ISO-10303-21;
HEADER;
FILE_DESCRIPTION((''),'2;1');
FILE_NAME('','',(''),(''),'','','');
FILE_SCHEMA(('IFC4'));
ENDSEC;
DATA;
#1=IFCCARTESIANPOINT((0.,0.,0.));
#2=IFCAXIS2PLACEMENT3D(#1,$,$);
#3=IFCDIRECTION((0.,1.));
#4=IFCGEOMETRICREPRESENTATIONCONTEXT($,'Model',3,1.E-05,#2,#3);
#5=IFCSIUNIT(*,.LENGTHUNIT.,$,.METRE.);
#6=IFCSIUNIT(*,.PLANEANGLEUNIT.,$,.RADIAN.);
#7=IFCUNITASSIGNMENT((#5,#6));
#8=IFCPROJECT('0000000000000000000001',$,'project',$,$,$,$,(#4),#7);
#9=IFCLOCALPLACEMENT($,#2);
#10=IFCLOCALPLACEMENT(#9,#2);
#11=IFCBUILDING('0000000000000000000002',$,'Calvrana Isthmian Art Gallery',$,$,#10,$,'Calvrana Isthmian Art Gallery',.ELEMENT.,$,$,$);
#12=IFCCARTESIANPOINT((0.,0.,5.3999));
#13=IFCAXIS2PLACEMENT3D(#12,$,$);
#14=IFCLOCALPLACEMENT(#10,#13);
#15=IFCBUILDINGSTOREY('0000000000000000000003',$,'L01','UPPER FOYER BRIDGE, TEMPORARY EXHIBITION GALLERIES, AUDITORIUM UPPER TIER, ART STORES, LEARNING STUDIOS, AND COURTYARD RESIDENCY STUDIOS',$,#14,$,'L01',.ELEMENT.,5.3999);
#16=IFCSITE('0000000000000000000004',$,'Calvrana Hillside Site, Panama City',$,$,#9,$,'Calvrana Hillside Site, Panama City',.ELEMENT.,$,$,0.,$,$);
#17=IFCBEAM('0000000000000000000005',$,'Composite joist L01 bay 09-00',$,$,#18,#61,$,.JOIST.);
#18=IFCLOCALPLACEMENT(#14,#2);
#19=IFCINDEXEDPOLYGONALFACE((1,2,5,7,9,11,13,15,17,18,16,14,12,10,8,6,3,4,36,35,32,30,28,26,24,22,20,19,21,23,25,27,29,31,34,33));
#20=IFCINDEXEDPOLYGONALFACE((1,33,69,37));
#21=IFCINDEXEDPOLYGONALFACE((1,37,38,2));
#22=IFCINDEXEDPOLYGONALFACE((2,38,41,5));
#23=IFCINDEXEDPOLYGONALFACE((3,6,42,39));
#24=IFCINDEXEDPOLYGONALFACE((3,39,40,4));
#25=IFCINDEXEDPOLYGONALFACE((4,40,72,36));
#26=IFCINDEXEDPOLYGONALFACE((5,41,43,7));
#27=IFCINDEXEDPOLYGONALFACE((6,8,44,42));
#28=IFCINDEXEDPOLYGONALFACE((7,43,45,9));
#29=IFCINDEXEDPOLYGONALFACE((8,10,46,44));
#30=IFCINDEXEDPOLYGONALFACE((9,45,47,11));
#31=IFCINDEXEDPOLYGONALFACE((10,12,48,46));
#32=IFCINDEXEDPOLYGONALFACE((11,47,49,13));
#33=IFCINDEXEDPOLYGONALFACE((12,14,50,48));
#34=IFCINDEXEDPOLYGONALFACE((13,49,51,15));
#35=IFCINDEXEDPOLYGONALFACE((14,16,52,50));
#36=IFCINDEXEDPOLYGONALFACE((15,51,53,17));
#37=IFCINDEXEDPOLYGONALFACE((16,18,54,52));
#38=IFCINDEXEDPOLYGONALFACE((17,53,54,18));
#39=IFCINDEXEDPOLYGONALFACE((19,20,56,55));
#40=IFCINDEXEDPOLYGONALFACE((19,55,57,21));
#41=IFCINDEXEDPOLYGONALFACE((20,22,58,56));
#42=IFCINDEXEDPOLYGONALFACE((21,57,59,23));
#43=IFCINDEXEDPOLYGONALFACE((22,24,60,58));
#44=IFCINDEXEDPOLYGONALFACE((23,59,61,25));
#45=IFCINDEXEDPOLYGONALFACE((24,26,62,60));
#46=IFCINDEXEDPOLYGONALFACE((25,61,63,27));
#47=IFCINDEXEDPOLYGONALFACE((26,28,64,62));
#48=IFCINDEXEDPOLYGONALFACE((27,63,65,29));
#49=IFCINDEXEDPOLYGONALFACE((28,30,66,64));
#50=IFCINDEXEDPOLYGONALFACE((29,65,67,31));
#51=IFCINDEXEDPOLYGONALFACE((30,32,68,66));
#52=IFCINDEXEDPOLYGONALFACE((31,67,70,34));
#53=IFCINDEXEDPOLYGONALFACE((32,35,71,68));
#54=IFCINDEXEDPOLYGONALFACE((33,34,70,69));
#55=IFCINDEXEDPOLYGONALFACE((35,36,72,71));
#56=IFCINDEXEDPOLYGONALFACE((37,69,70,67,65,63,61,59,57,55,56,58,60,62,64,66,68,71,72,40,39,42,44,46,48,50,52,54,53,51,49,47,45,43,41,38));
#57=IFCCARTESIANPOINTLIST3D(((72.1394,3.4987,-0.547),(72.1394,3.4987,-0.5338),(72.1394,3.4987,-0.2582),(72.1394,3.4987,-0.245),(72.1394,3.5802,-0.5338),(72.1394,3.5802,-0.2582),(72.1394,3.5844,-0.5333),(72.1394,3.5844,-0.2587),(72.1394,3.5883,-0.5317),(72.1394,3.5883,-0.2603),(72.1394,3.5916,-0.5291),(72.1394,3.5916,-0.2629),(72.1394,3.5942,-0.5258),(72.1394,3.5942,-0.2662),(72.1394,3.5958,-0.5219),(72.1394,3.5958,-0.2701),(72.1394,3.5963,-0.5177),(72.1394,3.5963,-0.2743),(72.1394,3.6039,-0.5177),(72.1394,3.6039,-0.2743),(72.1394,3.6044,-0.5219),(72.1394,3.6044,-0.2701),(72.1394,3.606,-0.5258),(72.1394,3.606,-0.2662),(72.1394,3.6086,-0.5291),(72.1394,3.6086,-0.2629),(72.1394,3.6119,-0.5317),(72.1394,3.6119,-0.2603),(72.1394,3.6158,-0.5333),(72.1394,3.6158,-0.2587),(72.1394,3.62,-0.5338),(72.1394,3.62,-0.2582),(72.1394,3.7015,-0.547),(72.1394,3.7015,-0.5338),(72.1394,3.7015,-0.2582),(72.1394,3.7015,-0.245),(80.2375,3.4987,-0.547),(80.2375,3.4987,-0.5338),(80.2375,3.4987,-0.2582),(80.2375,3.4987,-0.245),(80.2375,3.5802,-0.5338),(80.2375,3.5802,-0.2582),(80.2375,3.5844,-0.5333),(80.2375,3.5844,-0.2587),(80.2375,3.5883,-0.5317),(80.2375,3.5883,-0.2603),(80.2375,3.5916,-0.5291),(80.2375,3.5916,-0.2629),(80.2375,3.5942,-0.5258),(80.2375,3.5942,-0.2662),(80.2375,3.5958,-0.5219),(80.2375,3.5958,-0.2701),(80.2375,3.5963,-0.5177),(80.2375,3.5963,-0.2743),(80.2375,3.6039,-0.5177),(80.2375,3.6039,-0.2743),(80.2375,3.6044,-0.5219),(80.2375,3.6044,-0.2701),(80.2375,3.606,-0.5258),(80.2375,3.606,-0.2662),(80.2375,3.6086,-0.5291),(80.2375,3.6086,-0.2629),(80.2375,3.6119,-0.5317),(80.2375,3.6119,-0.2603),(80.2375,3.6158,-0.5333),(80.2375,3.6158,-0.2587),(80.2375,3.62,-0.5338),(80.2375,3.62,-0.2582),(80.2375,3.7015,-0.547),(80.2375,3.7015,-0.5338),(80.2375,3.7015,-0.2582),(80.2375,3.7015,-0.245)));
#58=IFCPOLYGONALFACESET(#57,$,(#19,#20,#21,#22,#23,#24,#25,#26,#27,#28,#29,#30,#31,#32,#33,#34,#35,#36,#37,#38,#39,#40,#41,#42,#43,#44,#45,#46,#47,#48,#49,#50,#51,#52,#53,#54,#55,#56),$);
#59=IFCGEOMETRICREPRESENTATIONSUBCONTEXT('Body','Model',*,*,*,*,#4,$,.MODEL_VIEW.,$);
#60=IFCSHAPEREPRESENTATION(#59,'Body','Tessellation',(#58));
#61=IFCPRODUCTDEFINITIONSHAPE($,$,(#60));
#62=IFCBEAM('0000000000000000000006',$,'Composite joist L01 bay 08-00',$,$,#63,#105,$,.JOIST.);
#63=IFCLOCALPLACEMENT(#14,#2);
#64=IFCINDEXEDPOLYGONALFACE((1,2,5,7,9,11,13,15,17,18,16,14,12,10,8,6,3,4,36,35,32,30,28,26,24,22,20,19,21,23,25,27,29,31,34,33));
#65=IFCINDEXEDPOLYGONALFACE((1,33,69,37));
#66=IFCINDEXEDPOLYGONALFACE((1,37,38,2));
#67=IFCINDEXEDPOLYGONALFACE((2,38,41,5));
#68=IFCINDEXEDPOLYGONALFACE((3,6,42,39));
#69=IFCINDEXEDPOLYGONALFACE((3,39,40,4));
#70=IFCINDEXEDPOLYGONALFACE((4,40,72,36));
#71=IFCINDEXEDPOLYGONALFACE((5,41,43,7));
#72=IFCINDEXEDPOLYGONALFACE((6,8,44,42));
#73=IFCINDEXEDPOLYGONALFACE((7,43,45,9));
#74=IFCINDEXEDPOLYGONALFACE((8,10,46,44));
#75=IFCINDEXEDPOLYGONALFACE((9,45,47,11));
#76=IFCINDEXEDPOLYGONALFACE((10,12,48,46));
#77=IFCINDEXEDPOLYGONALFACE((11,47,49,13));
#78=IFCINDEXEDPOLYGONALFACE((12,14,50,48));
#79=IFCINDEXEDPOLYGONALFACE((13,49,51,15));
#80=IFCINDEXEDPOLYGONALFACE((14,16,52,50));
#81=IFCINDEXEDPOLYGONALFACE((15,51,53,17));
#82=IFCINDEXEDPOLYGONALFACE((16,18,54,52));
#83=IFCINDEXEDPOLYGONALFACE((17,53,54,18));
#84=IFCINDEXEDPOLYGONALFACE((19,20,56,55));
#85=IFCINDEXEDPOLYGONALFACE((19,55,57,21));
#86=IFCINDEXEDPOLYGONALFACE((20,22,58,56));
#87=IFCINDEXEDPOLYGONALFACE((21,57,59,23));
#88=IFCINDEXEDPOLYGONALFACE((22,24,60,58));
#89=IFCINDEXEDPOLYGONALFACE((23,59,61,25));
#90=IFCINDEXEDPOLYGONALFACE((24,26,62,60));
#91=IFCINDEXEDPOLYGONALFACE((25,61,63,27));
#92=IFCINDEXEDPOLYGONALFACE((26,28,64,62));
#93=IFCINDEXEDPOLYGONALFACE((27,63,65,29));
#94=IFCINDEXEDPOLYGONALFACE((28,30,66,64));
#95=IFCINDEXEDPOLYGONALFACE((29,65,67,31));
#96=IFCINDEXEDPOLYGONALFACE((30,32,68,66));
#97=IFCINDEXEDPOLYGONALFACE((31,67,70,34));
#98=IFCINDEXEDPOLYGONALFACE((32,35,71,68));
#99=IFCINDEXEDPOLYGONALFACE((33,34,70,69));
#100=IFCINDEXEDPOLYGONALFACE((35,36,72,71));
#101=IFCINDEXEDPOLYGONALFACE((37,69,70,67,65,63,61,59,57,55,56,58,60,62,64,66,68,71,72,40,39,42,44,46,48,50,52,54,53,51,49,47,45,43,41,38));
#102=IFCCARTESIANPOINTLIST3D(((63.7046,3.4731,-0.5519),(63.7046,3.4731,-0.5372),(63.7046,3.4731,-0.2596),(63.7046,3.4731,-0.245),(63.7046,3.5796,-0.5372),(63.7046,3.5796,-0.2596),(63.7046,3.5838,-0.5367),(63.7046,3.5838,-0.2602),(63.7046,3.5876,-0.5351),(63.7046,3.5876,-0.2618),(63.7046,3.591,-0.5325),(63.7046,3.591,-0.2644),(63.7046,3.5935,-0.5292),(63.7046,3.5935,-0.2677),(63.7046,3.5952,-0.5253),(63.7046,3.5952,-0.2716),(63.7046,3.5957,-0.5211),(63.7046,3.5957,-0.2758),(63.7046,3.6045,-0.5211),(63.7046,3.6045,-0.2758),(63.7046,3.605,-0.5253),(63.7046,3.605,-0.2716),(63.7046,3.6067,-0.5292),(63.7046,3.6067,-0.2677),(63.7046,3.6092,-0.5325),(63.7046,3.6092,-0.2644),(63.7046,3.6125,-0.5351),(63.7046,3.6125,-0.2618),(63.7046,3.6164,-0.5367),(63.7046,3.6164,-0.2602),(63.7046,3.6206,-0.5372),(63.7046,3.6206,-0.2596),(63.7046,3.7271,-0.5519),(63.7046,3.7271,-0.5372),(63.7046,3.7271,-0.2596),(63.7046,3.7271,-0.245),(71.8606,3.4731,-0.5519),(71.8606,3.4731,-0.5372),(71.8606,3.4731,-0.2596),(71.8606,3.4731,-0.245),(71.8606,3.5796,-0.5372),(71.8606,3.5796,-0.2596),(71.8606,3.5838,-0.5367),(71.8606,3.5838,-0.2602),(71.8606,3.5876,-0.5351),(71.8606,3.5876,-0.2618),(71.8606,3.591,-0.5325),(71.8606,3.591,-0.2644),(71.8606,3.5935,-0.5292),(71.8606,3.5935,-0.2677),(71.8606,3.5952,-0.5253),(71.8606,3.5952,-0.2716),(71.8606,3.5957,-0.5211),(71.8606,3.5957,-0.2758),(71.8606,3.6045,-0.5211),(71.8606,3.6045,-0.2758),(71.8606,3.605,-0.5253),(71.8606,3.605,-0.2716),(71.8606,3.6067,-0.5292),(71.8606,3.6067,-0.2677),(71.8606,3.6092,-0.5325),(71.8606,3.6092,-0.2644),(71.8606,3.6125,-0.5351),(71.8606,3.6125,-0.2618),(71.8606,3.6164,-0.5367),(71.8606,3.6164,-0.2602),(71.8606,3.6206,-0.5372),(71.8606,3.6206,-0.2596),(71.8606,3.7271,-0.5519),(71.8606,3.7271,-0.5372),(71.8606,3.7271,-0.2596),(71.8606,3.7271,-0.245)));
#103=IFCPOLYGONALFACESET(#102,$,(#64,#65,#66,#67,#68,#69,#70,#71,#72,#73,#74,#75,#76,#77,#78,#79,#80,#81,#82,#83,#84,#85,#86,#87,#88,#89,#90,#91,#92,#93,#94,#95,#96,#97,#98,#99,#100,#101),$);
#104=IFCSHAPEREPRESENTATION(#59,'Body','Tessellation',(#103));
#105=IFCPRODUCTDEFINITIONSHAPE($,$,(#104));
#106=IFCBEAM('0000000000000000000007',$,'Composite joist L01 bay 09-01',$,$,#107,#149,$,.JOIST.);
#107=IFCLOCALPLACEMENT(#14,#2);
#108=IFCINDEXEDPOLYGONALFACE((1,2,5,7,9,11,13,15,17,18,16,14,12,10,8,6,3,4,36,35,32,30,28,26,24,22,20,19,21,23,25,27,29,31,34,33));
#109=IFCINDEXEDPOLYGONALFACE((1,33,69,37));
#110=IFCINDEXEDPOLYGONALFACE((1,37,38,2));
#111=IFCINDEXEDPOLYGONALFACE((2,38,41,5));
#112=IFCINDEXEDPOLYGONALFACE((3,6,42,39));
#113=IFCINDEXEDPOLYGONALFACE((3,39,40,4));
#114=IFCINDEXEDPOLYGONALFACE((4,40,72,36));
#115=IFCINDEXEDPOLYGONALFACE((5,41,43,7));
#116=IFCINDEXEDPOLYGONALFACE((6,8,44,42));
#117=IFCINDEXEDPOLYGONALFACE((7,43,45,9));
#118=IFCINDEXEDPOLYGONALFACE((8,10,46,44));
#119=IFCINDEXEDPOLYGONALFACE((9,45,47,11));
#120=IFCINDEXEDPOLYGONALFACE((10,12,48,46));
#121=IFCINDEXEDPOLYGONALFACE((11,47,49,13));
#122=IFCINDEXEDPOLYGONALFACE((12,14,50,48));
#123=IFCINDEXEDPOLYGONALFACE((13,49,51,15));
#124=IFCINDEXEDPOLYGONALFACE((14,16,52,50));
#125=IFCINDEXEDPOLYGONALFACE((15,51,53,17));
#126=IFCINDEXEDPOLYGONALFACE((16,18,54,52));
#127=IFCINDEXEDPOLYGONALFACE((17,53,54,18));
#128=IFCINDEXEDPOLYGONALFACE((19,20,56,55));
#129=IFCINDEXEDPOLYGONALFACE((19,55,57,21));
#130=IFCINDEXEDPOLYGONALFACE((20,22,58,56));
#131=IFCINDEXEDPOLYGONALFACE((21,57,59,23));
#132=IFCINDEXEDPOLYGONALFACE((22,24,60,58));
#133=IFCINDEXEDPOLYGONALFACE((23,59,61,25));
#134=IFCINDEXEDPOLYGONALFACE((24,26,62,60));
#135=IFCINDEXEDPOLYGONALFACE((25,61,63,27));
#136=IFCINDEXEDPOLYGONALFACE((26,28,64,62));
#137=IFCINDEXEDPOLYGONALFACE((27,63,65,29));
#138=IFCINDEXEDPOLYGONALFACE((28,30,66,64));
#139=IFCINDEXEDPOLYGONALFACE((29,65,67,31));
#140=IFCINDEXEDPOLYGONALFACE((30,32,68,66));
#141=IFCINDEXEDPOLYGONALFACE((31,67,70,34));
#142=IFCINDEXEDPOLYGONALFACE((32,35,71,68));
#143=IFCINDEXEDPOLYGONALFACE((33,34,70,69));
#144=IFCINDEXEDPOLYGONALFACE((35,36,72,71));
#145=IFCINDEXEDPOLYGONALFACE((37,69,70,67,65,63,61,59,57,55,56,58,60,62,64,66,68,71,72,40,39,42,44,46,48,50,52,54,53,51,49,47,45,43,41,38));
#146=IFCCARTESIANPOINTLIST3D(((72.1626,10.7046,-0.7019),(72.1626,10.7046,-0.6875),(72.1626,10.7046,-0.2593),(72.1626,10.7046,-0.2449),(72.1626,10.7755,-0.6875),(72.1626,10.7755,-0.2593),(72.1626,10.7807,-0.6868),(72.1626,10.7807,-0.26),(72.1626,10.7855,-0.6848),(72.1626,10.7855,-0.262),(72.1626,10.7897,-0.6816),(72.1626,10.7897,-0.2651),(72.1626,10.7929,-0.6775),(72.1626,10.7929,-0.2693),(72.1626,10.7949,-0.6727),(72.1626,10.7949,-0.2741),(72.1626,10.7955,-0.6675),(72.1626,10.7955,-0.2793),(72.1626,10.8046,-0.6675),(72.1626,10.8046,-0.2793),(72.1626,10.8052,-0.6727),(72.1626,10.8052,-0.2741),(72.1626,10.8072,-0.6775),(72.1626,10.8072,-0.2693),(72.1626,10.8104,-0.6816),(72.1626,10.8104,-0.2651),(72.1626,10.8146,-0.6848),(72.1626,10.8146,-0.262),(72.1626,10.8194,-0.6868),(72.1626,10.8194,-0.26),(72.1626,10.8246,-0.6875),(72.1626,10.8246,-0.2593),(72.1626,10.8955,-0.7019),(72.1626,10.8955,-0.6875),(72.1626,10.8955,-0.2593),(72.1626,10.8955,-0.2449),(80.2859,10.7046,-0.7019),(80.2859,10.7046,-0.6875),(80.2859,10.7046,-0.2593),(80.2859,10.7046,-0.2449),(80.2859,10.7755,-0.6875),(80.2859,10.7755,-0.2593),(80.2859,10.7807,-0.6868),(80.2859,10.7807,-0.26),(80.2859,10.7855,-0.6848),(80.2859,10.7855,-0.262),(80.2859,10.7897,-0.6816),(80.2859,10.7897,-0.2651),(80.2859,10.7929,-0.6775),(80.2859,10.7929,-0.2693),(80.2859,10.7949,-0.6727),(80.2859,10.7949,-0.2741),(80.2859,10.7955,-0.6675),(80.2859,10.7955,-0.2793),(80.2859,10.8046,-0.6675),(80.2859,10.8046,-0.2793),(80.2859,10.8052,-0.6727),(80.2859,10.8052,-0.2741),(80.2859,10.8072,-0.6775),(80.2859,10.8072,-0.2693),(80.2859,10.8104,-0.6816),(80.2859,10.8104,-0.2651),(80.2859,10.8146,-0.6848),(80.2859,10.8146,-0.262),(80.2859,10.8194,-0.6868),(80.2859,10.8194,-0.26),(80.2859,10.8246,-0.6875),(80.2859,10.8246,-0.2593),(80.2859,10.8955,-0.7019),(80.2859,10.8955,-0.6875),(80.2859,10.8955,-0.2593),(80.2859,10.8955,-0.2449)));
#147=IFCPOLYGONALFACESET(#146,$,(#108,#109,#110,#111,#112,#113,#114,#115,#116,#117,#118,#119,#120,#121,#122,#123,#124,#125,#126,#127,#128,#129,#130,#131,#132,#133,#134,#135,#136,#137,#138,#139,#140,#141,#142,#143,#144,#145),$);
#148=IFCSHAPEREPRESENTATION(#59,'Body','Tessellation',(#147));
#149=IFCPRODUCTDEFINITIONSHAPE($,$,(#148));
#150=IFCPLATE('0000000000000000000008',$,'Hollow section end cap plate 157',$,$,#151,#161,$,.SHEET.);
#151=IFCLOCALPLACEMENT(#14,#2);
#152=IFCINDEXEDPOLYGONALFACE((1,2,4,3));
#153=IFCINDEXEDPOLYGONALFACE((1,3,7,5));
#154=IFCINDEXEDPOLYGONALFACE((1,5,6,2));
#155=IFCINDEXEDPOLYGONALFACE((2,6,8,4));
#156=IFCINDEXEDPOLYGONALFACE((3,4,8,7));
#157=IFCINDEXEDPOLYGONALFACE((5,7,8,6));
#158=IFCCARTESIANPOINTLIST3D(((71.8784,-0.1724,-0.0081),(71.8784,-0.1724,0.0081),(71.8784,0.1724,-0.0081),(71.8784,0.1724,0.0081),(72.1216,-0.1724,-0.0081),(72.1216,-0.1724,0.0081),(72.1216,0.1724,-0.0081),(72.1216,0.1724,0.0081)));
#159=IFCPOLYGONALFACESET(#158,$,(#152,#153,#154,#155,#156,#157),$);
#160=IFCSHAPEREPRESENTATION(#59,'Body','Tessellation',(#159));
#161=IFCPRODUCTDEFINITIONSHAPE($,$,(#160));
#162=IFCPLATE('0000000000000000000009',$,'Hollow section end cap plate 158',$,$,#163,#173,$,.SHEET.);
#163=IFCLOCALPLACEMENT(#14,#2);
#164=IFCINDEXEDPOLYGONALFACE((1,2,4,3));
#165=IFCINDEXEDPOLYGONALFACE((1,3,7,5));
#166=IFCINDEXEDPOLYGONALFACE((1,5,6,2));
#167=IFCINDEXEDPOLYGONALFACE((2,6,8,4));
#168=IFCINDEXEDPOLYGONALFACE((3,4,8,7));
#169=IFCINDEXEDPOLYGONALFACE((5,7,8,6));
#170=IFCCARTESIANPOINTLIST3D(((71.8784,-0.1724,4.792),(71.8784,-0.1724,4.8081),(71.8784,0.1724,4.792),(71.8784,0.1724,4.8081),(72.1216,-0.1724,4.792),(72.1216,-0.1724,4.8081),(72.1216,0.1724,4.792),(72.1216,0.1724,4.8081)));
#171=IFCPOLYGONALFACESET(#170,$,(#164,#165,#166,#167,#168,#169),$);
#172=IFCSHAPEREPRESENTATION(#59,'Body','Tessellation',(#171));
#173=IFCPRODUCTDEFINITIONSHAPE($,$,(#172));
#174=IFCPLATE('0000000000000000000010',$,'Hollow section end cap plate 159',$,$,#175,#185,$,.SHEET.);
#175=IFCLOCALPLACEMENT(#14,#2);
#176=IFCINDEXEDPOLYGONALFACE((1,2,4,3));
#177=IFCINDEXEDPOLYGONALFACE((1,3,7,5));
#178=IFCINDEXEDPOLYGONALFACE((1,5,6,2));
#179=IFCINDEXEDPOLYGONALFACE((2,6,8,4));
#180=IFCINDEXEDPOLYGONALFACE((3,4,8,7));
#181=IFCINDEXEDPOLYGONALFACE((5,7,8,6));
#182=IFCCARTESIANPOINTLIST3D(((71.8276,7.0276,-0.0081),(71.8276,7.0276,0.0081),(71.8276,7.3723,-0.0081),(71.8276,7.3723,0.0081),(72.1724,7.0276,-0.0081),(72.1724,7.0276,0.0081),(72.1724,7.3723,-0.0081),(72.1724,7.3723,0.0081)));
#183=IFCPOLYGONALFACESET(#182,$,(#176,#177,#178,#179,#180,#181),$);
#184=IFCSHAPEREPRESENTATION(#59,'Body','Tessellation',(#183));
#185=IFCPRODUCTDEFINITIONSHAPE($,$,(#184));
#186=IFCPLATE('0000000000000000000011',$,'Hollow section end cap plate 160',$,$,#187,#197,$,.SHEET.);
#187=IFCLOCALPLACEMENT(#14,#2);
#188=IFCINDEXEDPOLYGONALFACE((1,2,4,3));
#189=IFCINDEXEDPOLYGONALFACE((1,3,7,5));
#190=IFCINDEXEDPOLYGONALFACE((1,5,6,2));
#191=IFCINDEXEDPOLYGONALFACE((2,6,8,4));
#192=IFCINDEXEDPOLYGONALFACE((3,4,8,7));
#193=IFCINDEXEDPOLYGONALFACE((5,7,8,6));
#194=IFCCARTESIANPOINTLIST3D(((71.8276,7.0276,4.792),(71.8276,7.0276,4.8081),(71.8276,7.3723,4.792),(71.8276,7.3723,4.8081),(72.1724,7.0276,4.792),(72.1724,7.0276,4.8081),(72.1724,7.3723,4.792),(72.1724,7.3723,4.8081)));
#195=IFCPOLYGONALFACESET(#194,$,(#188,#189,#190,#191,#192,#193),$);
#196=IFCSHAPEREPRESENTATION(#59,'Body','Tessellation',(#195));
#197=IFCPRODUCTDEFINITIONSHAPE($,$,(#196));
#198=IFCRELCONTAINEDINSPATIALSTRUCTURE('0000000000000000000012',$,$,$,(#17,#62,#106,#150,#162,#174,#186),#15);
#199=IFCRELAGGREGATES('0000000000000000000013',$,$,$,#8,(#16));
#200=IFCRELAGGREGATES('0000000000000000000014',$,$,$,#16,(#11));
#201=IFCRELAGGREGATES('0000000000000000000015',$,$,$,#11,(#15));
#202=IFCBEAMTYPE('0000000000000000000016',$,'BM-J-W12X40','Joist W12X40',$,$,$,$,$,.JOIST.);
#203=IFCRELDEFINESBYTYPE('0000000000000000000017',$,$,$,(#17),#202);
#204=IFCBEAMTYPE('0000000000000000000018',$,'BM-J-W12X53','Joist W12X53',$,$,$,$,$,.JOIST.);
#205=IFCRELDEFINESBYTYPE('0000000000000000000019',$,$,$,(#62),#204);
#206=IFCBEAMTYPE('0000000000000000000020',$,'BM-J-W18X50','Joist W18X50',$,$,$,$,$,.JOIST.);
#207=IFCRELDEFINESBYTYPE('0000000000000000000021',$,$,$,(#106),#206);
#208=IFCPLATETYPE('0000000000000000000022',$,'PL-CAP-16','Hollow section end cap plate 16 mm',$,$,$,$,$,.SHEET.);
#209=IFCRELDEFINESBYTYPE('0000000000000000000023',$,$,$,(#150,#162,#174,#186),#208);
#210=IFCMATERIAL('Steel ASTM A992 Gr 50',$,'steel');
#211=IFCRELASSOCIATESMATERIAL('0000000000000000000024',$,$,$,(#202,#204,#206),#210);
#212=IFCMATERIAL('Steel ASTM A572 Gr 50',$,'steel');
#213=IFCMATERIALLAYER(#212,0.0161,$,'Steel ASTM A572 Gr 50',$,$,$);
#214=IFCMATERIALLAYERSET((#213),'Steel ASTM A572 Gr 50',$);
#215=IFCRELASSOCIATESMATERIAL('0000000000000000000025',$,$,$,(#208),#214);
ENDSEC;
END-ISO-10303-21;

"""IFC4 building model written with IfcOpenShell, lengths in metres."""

from ifc_helpers import new_model, si_unit, direction, frame, origin, origin_2d, place, context, subcontext, project, spatial, rectangle, i_section, extrude, material, layer, layer_set, material_profile, profile_set, type_object, element, save


model = new_model("IFC4")

# Units and contexts
model_context = context("Model", 3, precision=1e-05, world=origin(), true_north=direction((0.0, 1.0)))
body_context = subcontext(model_context, "Body", "Model", "MODEL_VIEW")
ifc_project = project(units=[si_unit("LENGTHUNIT", "METRE"), si_unit("PLANEANGLEUNIT", "RADIAN")], contexts=[model_context])

# Site, building, storey
site_placement = place(None, origin())
site = spatial("IfcSite", under=ifc_project, at=site_placement, Name="Calvrana Hillside Site, Panama City", LongName="Calvrana Hillside Site, Panama City", CompositionType="ELEMENT", RefElevation=0.0)
building_placement = place(site_placement, origin())
building = spatial("IfcBuilding", under=site, at=building_placement, Name="Calvrana Isthmian Art Gallery", LongName="Calvrana Isthmian Art Gallery", CompositionType="ELEMENT")
storey_placement = place(building_placement, frame((0.0, 0.0, 5.3999)))
storey = spatial("IfcBuildingStorey", under=building, at=storey_placement, Name="L01", Description="UPPER FOYER BRIDGE, TEMPORARY EXHIBITION GALLERIES, AUDITORIUM UPPER TIER, ART STORES, LEARNING STUDIOS, AND COURTYARD RESIDENCY STUDIOS", LongName="L01", CompositionType="ELEMENT", Elevation=5.3999)

# Beams
ifc_material_1 = material(Name="Steel ASTM A992 Gr 50", Category="steel")
ifc_material_profile_1 = material_profile(ifc_material_1, i_section(OverallWidth=0.2029, OverallDepth=0.302, WebThickness=0.0076, FlangeThickness=0.0132, FilletRadius=0.0161, at=origin_2d()), Name="W12X40")
ifc_profile_set_1 = profile_set([ifc_material_profile_1], Name="Steel ASTM A992 Gr 50")
beam_type_1 = type_object("IfcBeamType", Name="BM-J-W12X40", Description="Joist W12X40", PredefinedType="JOIST", material=ifc_profile_set_1)
beam_1_placement = place(storey_placement, frame((72.1394, 3.6001, -0.396), z_axis=(1.0, 0.0, 0.0), x_axis=(0.0, 1.0, 0.0)))
element("IfcBeam", 1, at=beam_1_placement, inside=storey, type_object=beam_type_1, Name="Composite joist L01 bay 09-00", PredefinedType="JOIST", context=body_context, shape_type="SweptSolid", body=[
    extrude(i_section(OverallWidth=0.2029, OverallDepth=0.302, WebThickness=0.0076, FlangeThickness=0.0132, FilletRadius=0.0161, at=origin_2d()), origin(), (0.0, 0.0, 1.0), 8.0981),
])
ifc_material_profile_2 = material_profile(ifc_material_1, i_section(OverallWidth=0.2539, OverallDepth=0.3069, WebThickness=0.0088, FlangeThickness=0.0146, FilletRadius=0.0161, at=origin_2d()), Name="W12X53")
ifc_profile_set_2 = profile_set([ifc_material_profile_2], Name="Steel ASTM A992 Gr 50")
beam_type_2 = type_object("IfcBeamType", Name="BM-J-W12X53", Description="Joist W12X53", PredefinedType="JOIST", material=ifc_profile_set_2)
beam_2_placement = place(storey_placement, frame((63.7046, 3.6001, -0.3984), z_axis=(1.0, 0.0, 0.0), x_axis=(0.0, 1.0, 0.0)))
element("IfcBeam", 2, at=beam_2_placement, inside=storey, type_object=beam_type_2, Name="Composite joist L01 bay 08-00", PredefinedType="JOIST", context=body_context, shape_type="SweptSolid", body=[
    extrude(i_section(OverallWidth=0.2539, OverallDepth=0.3069, WebThickness=0.0088, FlangeThickness=0.0146, FilletRadius=0.0161, at=origin_2d()), origin(), (0.0, 0.0, 1.0), 8.156),
])
ifc_material_profile_3 = material_profile(ifc_material_1, i_section(OverallWidth=0.1909, OverallDepth=0.457, WebThickness=0.009, FlangeThickness=0.0144, FilletRadius=0.02, at=origin_2d()), Name="W18X50")
ifc_profile_set_3 = profile_set([ifc_material_profile_3], Name="Steel ASTM A992 Gr 50")
beam_type_3 = type_object("IfcBeamType", Name="BM-J-W18X50", Description="Joist W18X50", PredefinedType="JOIST", material=ifc_profile_set_3)
beam_3_placement = place(storey_placement, frame((72.1626, 10.8, -0.4734), z_axis=(1.0, 0.0, 0.0), x_axis=(0.0, 1.0, 0.0)))
element("IfcBeam", 3, at=beam_3_placement, inside=storey, type_object=beam_type_3, Name="Composite joist L01 bay 09-01", PredefinedType="JOIST", context=body_context, shape_type="SweptSolid", body=[
    extrude(i_section(OverallWidth=0.1909, OverallDepth=0.457, WebThickness=0.009, FlangeThickness=0.0144, FilletRadius=0.02, at=origin_2d()), origin(), (0.0, 0.0, 1.0), 8.1233),
])

# Plates
ifc_material_2 = material(Name="Steel ASTM A572 Gr 50", Category="steel")
ifc_layer_1 = layer(ifc_material_2, 0.0161, Name="Steel ASTM A572 Gr 50")
ifc_layer_set_1 = layer_set([ifc_layer_1], Name="Steel ASTM A572 Gr 50")
plate_type = type_object("IfcPlateType", Name="PL-CAP-16", Description="Hollow section end cap plate 16 mm", PredefinedType="SHEET", material=ifc_layer_set_1)
for number, where, z_axis, x_axis, name in (
    (4, (72.0, 0.0, -0.0081), (0.0, 0.0, 1.0), (1.0, 0.0, 0.0), "Hollow section end cap plate 157"),
    (5, (72.0, 0.0, 4.792), (0.0, 0.0, 1.0), (1.0, 0.0, 0.0), "Hollow section end cap plate 158"),
):
    element("IfcPlate", number, at=place(storey_placement, frame(where, z_axis=z_axis, x_axis=x_axis)), inside=storey, type_object=plate_type, Name=name, PredefinedType="SHEET", context=body_context, shape_type="SweptSolid", body=[
        extrude(rectangle(XDim=0.2432, YDim=0.3447, at=origin_2d()), origin(), (0.0, 0.0, 1.0), 0.0161),
    ])
for number, where, z_axis, x_axis, name in (
    (6, (72.0, 7.2, -0.0081), (0.0, 0.0, 1.0), (1.0, 0.0, 0.0), "Hollow section end cap plate 159"),
    (7, (72.0, 7.2, 4.792), (0.0, 0.0, 1.0), (1.0, 0.0, 0.0), "Hollow section end cap plate 160"),
):
    element("IfcPlate", number, at=place(storey_placement, frame(where, z_axis=z_axis, x_axis=x_axis)), inside=storey, type_object=plate_type, Name=name, PredefinedType="SHEET", context=body_context, shape_type="SweptSolid", body=[
        extrude(rectangle(XDim=0.3447, YDim=0.3447, at=origin_2d()), origin(), (0.0, 0.0, 1.0), 0.0161),
    ])

save(model, "model.ifc")
